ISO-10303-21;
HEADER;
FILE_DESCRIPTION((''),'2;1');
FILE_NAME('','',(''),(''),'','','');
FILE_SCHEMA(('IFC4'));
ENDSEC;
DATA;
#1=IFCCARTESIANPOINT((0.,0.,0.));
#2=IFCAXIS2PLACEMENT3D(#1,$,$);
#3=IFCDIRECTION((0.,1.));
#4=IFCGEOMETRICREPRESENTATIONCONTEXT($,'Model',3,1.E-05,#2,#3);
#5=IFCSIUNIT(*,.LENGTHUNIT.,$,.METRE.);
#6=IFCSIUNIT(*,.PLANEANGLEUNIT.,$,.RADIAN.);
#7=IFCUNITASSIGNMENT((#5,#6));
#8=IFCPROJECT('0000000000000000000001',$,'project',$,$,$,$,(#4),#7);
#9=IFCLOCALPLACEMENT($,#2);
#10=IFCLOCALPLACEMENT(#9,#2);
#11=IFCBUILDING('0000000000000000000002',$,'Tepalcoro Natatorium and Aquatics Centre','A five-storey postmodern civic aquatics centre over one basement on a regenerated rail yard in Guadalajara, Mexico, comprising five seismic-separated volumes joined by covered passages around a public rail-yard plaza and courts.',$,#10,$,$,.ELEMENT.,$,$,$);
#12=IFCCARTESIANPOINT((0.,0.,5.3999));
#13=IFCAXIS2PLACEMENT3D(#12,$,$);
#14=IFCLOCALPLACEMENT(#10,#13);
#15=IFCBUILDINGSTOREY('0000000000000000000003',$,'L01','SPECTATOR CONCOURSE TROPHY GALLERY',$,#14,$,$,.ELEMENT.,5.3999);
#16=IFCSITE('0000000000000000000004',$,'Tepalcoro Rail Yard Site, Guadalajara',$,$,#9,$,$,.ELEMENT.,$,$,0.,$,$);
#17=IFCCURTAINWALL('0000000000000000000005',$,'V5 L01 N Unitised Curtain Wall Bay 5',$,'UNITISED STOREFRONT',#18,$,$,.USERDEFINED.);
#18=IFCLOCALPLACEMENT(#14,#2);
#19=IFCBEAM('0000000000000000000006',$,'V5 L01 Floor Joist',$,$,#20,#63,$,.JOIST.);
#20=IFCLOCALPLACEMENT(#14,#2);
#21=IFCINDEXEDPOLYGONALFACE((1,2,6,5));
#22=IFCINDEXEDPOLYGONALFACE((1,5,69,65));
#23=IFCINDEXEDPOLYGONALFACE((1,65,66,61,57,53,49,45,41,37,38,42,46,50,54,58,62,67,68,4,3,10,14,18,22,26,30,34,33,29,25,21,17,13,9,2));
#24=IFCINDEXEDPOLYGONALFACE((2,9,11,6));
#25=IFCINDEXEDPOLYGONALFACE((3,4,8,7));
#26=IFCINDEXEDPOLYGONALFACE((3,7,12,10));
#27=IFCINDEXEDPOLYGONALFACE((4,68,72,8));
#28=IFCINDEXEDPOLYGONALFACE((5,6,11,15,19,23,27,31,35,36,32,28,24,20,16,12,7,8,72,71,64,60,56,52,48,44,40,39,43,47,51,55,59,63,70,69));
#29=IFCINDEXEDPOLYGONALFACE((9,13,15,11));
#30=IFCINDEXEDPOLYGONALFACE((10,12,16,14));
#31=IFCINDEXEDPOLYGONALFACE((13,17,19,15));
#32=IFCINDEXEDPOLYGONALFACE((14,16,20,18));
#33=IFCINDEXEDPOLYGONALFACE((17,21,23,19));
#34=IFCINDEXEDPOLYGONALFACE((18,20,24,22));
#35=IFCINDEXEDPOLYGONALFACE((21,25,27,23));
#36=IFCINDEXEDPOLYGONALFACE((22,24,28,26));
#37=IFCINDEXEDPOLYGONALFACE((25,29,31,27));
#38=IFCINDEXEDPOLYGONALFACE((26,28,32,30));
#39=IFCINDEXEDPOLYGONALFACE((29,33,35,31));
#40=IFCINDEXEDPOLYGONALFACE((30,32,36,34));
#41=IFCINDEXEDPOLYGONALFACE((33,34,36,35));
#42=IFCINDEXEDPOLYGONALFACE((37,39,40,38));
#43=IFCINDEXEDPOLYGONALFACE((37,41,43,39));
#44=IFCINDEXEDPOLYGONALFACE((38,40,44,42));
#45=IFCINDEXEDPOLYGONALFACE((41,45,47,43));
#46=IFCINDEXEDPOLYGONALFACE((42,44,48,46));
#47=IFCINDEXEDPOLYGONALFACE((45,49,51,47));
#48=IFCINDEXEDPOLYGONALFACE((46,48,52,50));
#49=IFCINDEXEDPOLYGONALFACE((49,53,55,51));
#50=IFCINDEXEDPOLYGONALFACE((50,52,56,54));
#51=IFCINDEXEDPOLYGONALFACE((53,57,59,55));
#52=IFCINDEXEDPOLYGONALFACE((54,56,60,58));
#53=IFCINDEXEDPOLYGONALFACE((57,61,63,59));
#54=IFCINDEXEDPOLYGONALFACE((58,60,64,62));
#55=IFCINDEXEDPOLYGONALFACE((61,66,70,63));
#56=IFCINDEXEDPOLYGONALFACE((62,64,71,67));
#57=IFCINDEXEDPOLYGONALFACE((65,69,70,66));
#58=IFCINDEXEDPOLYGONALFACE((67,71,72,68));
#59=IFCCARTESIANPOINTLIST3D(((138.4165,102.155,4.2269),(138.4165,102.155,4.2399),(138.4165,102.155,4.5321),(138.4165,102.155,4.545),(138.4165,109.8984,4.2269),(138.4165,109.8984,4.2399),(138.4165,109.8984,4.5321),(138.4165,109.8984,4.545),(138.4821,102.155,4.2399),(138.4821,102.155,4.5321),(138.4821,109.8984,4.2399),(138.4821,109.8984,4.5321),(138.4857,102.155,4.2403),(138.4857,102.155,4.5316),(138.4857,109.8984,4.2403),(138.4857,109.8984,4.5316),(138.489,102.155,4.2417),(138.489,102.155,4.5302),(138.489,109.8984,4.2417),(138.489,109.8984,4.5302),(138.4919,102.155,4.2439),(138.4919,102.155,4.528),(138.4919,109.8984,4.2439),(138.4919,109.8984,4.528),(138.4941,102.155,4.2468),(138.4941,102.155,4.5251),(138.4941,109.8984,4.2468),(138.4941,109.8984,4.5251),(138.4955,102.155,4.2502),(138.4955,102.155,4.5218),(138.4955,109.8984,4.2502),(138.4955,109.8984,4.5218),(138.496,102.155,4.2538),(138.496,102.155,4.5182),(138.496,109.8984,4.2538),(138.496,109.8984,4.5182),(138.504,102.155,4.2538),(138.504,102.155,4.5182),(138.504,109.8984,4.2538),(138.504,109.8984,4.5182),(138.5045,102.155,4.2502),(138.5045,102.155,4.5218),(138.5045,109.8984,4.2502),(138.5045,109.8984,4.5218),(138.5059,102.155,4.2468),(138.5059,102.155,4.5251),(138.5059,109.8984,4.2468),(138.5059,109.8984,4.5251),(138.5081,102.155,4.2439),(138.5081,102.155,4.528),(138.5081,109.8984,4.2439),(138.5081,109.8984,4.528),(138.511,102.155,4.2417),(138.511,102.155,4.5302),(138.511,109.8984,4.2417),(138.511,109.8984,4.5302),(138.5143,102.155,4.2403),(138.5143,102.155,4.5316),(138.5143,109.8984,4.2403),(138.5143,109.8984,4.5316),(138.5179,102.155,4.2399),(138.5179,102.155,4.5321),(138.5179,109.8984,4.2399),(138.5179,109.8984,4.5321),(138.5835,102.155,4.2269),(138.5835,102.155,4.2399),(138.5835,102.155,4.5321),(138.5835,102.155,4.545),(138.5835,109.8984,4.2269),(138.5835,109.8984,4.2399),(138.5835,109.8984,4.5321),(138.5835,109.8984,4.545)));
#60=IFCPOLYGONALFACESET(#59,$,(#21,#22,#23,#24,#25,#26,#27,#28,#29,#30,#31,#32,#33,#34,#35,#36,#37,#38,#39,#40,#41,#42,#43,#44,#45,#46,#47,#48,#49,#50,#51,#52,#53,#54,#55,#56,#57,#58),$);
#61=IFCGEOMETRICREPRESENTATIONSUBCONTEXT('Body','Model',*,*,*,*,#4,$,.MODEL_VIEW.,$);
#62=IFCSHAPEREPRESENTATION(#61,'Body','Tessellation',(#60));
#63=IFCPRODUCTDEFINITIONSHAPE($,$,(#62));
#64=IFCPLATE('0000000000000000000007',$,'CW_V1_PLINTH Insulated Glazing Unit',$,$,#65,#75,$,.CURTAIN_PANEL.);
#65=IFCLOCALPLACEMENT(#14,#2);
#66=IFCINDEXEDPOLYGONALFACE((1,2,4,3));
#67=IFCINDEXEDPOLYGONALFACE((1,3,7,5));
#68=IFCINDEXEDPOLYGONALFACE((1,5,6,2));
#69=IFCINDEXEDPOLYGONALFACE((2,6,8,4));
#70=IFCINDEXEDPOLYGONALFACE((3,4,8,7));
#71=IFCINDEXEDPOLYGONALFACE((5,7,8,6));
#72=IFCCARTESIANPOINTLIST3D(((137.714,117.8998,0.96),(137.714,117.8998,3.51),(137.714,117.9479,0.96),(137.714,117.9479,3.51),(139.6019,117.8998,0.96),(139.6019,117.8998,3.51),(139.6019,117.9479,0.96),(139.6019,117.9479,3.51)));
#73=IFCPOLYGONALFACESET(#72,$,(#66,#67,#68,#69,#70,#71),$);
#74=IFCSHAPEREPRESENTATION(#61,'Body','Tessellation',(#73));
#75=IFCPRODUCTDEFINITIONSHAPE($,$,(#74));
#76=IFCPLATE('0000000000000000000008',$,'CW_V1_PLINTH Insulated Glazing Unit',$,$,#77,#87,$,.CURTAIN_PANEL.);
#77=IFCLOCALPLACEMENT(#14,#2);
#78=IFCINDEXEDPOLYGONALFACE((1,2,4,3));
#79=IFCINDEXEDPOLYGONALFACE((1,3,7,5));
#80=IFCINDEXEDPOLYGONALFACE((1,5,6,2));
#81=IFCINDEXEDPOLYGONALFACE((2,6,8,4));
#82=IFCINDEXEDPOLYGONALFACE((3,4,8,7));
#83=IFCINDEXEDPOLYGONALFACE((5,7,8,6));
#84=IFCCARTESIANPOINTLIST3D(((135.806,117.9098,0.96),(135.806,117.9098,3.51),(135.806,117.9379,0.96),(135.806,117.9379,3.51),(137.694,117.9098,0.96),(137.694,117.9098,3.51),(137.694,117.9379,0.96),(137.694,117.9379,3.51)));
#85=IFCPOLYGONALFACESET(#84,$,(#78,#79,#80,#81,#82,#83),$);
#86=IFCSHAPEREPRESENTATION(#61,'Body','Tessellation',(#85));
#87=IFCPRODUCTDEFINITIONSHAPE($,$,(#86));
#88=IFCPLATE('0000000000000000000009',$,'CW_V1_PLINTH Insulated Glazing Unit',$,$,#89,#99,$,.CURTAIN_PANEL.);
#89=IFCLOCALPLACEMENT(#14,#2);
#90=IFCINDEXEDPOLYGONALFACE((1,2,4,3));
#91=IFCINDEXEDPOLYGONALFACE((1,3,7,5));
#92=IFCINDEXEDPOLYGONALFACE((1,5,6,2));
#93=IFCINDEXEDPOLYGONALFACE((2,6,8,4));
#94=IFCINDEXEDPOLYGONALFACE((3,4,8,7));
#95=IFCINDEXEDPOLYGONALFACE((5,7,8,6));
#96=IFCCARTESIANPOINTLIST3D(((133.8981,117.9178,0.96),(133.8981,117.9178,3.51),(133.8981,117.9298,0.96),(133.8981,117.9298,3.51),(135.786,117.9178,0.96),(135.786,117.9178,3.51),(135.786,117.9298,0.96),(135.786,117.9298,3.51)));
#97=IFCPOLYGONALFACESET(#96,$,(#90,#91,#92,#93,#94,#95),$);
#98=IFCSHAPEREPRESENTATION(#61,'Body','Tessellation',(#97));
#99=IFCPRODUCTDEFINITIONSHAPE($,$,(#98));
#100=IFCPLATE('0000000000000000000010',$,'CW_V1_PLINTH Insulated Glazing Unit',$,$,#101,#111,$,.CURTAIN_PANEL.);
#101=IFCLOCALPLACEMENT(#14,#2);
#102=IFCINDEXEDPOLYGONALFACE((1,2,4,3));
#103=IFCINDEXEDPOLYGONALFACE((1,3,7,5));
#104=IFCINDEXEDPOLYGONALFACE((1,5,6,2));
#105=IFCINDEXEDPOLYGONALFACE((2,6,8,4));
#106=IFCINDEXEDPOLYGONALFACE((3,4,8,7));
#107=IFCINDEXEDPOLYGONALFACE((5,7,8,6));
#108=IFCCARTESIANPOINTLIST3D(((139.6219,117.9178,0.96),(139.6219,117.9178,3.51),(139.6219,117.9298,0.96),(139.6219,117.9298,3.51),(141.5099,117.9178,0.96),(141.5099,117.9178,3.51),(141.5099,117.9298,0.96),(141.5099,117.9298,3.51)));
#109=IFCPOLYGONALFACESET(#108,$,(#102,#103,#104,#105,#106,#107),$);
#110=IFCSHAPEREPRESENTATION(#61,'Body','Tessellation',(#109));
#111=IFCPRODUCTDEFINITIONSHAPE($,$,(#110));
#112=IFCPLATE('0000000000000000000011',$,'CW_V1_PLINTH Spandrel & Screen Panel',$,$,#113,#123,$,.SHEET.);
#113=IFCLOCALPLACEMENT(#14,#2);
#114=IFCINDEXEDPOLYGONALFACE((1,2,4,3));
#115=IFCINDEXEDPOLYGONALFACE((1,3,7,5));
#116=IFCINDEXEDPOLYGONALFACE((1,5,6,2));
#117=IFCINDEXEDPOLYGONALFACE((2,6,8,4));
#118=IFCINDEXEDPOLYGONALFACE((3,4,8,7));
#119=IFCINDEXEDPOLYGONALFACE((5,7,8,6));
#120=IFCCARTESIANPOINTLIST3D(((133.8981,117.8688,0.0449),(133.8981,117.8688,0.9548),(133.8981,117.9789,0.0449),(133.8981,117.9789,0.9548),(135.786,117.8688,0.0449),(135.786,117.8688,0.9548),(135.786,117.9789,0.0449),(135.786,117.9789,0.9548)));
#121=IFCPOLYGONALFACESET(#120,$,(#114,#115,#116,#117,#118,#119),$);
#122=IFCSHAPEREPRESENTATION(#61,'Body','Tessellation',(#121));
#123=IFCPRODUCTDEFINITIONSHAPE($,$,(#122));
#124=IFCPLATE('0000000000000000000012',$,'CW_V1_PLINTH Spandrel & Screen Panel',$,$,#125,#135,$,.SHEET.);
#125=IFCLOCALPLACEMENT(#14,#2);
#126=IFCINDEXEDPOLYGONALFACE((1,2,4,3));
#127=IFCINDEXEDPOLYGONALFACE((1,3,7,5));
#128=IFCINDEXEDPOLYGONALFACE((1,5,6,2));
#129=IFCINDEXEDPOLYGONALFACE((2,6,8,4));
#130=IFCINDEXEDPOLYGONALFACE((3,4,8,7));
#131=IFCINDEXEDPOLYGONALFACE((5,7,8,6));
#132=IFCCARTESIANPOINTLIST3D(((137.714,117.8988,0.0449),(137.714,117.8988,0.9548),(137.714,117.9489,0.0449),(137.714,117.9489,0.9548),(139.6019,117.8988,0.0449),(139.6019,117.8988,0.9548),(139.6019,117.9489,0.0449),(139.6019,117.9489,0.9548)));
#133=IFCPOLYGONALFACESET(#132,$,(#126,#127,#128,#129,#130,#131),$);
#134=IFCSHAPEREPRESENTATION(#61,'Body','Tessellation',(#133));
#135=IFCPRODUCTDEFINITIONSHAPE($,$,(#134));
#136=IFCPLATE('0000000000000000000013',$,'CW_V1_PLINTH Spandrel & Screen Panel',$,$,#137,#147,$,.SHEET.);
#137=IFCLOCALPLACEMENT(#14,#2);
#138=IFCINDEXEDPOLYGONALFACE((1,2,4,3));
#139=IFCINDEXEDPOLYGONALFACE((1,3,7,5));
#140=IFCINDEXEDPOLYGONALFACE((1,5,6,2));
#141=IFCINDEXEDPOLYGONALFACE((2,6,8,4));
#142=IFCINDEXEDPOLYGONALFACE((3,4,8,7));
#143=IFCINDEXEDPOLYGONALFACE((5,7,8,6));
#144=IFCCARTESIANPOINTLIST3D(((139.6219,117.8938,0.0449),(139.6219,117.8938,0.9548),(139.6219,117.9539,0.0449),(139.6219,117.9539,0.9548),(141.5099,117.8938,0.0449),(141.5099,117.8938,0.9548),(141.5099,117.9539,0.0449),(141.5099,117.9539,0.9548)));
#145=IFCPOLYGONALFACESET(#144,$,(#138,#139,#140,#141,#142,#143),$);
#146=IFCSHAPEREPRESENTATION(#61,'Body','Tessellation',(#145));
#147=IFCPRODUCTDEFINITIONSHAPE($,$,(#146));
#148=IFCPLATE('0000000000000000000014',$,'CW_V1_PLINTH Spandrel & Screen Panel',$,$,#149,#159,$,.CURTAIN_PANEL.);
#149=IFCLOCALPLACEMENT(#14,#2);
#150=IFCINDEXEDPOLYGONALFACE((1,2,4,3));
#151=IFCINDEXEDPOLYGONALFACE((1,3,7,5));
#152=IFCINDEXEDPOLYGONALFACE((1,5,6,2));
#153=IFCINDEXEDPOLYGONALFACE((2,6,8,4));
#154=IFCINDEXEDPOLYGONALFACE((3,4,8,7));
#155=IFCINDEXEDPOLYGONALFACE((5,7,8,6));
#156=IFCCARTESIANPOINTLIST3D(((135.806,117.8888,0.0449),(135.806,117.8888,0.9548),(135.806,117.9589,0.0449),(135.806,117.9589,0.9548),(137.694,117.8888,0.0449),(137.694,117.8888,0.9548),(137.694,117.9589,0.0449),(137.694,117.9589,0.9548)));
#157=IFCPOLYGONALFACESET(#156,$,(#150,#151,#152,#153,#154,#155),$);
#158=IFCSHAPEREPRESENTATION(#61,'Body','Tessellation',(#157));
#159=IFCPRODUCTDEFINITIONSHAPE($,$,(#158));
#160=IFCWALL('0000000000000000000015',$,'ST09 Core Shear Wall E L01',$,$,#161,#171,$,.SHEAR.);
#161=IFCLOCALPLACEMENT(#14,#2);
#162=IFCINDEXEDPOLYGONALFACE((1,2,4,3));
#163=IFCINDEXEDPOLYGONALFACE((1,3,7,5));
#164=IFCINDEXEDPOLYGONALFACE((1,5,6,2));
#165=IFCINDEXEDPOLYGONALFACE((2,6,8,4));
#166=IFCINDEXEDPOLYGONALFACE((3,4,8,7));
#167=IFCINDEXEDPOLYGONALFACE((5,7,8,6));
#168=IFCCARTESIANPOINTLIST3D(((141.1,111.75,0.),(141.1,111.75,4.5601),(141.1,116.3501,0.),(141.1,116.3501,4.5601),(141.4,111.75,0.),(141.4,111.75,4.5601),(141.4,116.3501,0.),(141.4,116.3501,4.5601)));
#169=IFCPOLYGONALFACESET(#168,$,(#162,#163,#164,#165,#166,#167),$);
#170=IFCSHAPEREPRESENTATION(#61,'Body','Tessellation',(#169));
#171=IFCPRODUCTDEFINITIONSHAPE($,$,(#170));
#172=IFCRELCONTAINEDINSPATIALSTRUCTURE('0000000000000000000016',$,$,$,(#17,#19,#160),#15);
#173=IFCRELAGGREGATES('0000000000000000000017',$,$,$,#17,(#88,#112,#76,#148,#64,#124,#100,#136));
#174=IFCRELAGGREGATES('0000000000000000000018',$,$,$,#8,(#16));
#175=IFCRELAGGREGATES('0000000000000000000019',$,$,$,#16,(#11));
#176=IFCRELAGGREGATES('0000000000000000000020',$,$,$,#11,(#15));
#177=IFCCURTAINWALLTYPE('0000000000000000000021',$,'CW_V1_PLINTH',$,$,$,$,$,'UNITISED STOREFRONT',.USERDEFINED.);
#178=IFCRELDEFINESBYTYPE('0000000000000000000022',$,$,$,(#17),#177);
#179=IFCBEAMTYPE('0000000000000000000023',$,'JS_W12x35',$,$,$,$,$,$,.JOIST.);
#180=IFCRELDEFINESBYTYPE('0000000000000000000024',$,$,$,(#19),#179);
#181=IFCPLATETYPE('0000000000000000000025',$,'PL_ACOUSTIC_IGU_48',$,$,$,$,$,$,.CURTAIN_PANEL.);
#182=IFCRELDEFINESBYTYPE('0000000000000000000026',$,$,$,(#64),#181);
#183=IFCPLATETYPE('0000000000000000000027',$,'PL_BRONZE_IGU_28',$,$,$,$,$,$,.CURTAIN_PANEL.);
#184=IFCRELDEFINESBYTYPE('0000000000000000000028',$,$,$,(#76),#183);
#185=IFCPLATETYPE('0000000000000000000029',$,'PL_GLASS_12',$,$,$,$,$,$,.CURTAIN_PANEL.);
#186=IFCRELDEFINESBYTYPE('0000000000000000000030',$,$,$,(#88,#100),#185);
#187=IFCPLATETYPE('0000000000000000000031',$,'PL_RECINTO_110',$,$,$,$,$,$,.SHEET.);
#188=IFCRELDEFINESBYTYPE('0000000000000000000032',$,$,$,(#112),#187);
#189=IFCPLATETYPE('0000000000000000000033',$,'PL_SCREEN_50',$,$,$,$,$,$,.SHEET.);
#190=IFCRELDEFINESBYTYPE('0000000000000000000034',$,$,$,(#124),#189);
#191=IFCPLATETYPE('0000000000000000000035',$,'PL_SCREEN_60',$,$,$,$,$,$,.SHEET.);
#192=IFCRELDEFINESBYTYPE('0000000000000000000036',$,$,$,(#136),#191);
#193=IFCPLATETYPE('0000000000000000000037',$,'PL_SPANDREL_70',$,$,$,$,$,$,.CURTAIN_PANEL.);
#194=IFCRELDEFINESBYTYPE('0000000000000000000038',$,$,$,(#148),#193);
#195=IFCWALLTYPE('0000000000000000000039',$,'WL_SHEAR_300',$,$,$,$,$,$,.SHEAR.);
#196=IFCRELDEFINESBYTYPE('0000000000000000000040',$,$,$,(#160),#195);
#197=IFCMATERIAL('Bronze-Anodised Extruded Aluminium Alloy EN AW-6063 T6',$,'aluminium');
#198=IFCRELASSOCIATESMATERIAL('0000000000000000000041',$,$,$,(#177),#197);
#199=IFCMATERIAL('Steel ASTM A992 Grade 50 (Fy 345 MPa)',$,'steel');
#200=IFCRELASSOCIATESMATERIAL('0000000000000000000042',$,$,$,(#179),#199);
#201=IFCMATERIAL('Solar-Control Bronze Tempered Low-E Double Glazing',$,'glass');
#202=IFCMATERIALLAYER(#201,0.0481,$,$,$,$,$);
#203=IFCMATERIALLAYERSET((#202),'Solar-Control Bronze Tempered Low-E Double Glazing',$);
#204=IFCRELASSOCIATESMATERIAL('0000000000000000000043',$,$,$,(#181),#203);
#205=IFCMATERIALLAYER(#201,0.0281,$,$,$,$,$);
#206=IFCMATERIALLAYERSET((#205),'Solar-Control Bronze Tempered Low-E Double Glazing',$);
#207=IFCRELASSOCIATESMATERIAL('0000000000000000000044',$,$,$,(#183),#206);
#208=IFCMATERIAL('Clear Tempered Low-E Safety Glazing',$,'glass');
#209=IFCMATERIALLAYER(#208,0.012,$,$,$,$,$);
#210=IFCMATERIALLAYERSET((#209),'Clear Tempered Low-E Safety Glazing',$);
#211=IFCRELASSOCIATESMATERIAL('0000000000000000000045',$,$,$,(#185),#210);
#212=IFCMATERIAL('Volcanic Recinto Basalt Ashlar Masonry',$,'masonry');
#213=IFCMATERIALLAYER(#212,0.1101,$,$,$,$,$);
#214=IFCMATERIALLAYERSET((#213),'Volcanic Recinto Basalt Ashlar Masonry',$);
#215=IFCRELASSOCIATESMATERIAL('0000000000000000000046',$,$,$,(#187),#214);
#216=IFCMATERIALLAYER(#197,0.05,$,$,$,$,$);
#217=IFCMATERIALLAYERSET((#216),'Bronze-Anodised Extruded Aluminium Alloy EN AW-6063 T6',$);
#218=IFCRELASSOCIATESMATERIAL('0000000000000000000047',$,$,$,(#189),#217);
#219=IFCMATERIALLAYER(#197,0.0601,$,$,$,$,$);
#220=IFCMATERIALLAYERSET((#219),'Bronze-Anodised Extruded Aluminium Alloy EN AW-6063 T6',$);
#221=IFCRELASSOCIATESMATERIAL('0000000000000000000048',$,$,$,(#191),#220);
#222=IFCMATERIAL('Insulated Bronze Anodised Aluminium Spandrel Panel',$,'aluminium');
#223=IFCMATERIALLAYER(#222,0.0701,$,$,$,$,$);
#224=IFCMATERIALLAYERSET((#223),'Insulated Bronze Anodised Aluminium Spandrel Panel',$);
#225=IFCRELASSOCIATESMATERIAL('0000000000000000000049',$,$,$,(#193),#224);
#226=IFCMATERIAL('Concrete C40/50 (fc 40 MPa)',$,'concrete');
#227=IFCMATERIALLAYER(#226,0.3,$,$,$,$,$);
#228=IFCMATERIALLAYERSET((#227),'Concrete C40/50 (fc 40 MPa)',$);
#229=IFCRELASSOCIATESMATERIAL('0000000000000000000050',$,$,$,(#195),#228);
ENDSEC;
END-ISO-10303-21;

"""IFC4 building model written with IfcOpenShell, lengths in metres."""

from ifc_helpers import new_model, si_unit, direction, frame, frame_2d, origin, origin_2d, place, context, subcontext, project, spatial, rectangle, i_section, extrude, material, layer, layer_set, material_profile, profile_set, type_object, element, aggregate, save


model = new_model("IFC4")

# Units and contexts
model_context = context("Model", 3, precision=1e-05, world=origin(), true_north=direction((0.0, 1.0)))
body_context = subcontext(model_context, "Body", "Model", "MODEL_VIEW")
ifc_project = project(units=[si_unit("LENGTHUNIT", "METRE"), si_unit("PLANEANGLEUNIT", "RADIAN")], contexts=[model_context])

# Site, building, storey
site_placement = place(None, origin())
site = spatial("IfcSite", under=ifc_project, at=site_placement, Name="Tepalcoro Rail Yard Site, Guadalajara", CompositionType="ELEMENT", RefElevation=0.0)
building_placement = place(site_placement, origin())
building = spatial("IfcBuilding", under=site, at=building_placement, Name="Tepalcoro Natatorium and Aquatics Centre", Description="A five-storey postmodern civic aquatics centre over one basement on a regenerated rail yard in Guadalajara, Mexico, comprising five seismic-separated volumes joined by covered passages around a public rail-yard plaza and courts.", CompositionType="ELEMENT")
storey_placement = place(building_placement, frame((0.0, 0.0, 5.3999)))
storey = spatial("IfcBuildingStorey", under=building, at=storey_placement, Name="L01", Description="SPECTATOR CONCOURSE TROPHY GALLERY", CompositionType="ELEMENT", Elevation=5.3999)

# Shared definitions
ifc_material_1 = material(Name="Concrete C40/50 (fc 40 MPa)", Category="concrete")

# Shared definitions
ifc_material_2 = material(Name="Steel ASTM A992 Grade 50 (Fy 345 MPa)", Category="steel")

# Curtain wall
ifc_material_3 = material(Name="Bronze-Anodised Extruded Aluminium Alloy EN AW-6063 T6", Category="aluminium")
curtain_wall_type = type_object("IfcCurtainWallType", Name="CW_V1_PLINTH", ElementType="UNITISED STOREFRONT", PredefinedType="USERDEFINED", material=ifc_material_3)
curtain_wall_placement = place(storey_placement, origin())
curtain_wall = element("IfcCurtainWall", 1, at=curtain_wall_placement, inside=storey, type_object=curtain_wall_type, Name="V5 L01 N Unitised Curtain Wall Bay 5", ObjectType="UNITISED STOREFRONT", PredefinedType="USERDEFINED")

# Beam
ifc_material_profile_1 = material_profile(ifc_material_2, i_section(OverallWidth=0.167, OverallDepth=0.3181, WebThickness=0.0081, FlangeThickness=0.0129, FilletRadius=0.0139, at=origin_2d()), Name="W12X35")
ifc_profile_set_1 = profile_set([ifc_material_profile_1], Name="Steel ASTM A992 Grade 50 (Fy 345 MPa)")
beam_type_1 = type_object("IfcBeamType", Name="JS_W12x35", PredefinedType="JOIST", material=ifc_profile_set_1)
beam_1_placement = place(storey_placement, frame((138.5, 102.155, 4.386), z_axis=(0.0, 1.0, 0.0), x_axis=(-1.0, 0.0, 0.0)))
element("IfcBeam", 2, at=beam_1_placement, inside=storey, type_object=beam_type_1, Name="V5 L01 Floor Joist", PredefinedType="JOIST", context=body_context, shape_type="SweptSolid", body=[
    extrude(i_section(OverallWidth=0.167, OverallDepth=0.3181, WebThickness=0.0081, FlangeThickness=0.0129, FilletRadius=0.0139, at=origin_2d()), origin(), (0.0, 0.0, 1.0), 7.7434),
])

# Plates
ifc_material_4 = material(Name="Solar-Control Bronze Tempered Low-E Double Glazing", Category="glass")
ifc_layer_1 = layer(ifc_material_4, 0.0481)
ifc_layer_set_1 = layer_set([ifc_layer_1], Name="Solar-Control Bronze Tempered Low-E Double Glazing")
plate_type_1 = type_object("IfcPlateType", Name="PL_ACOUSTIC_IGU_48", PredefinedType="CURTAIN_PANEL", material=ifc_layer_set_1)
plate_1_placement = place(storey_placement, frame((138.658, 117.9238, 0.96), z_axis=(0.0, 0.0, 1.0), x_axis=(1.0, 0.0, 0.0)))
plate_1 = element("IfcPlate", 3, at=plate_1_placement, type_object=plate_type_1, Name="CW_V1_PLINTH Insulated Glazing Unit", PredefinedType="CURTAIN_PANEL", context=body_context, shape_type="SweptSolid", body=[
    extrude(rectangle(XDim=1.8879, YDim=0.0481, at=origin_2d()), origin(), (0.0, 0.0, 1.0), 2.55),
])
ifc_layer_2 = layer(ifc_material_4, 0.0281)
ifc_layer_set_2 = layer_set([ifc_layer_2], Name="Solar-Control Bronze Tempered Low-E Double Glazing")
plate_type_2 = type_object("IfcPlateType", Name="PL_BRONZE_IGU_28", PredefinedType="CURTAIN_PANEL", material=ifc_layer_set_2)
plate_2_placement = place(storey_placement, frame((136.75, 117.9238, 0.96), z_axis=(0.0, 0.0, 1.0), x_axis=(1.0, 0.0, 0.0)))
plate_2 = element("IfcPlate", 4, at=plate_2_placement, type_object=plate_type_2, Name="CW_V1_PLINTH Insulated Glazing Unit", PredefinedType="CURTAIN_PANEL", context=body_context, shape_type="SweptSolid", body=[
    extrude(rectangle(XDim=1.8879, YDim=0.0281, at=origin_2d()), origin(), (0.0, 0.0, 1.0), 2.55),
])
ifc_material_5 = material(Name="Clear Tempered Low-E Safety Glazing", Category="glass")
ifc_layer_3 = layer(ifc_material_5, 0.012)
ifc_layer_set_3 = layer_set([ifc_layer_3], Name="Clear Tempered Low-E Safety Glazing")
plate_type_3 = type_object("IfcPlateType", Name="PL_GLASS_12", PredefinedType="CURTAIN_PANEL", material=ifc_layer_set_3)
plate_3_placement = place(storey_placement, frame((134.842, 117.9238, 0.96), z_axis=(0.0, 0.0, 1.0), x_axis=(1.0, 0.0, 0.0)))
plate_3 = element("IfcPlate", 5, at=plate_3_placement, type_object=plate_type_3, Name="CW_V1_PLINTH Insulated Glazing Unit", PredefinedType="CURTAIN_PANEL", context=body_context, shape_type="SweptSolid", body=[
    extrude(rectangle(XDim=1.8879, YDim=0.012, at=origin_2d()), origin(), (0.0, 0.0, 1.0), 2.55),
])
plate_4_placement = place(storey_placement, frame((140.5659, 117.9238, 0.96), z_axis=(0.0, 0.0, 1.0), x_axis=(1.0, 0.0, 0.0)))
plate_4 = element("IfcPlate", 6, at=plate_4_placement, type_object=plate_type_3, Name="CW_V1_PLINTH Insulated Glazing Unit", PredefinedType="CURTAIN_PANEL", context=body_context, shape_type="SweptSolid", body=[
    extrude(rectangle(XDim=1.8879, YDim=0.012, at=origin_2d()), origin(), (0.0, 0.0, 1.0), 2.55),
])
ifc_material_6 = material(Name="Volcanic Recinto Basalt Ashlar Masonry", Category="masonry")
ifc_layer_4 = layer(ifc_material_6, 0.1101)
ifc_layer_set_4 = layer_set([ifc_layer_4], Name="Volcanic Recinto Basalt Ashlar Masonry")
plate_type_4 = type_object("IfcPlateType", Name="PL_RECINTO_110", PredefinedType="SHEET", material=ifc_layer_set_4)
plate_5_placement = place(storey_placement, frame((134.842, 117.9238, 0.0449), z_axis=(0.0, 0.0, 1.0), x_axis=(1.0, 0.0, 0.0)))
plate_5 = element("IfcPlate", 7, at=plate_5_placement, type_object=plate_type_4, Name="CW_V1_PLINTH Spandrel & Screen Panel", PredefinedType="SHEET", context=body_context, shape_type="SweptSolid", body=[
    extrude(rectangle(XDim=1.8879, YDim=0.1101, at=origin_2d()), origin(), (0.0, 0.0, 1.0), 0.9099),
])
ifc_layer_5 = layer(ifc_material_3, 0.05)
ifc_layer_set_5 = layer_set([ifc_layer_5], Name="Bronze-Anodised Extruded Aluminium Alloy EN AW-6063 T6")
plate_type_5 = type_object("IfcPlateType", Name="PL_SCREEN_50", PredefinedType="SHEET", material=ifc_layer_set_5)
plate_6_placement = place(storey_placement, frame((138.658, 117.9238, 0.0449), z_axis=(0.0, 0.0, 1.0), x_axis=(1.0, 0.0, 0.0)))
plate_6 = element("IfcPlate", 8, at=plate_6_placement, type_object=plate_type_5, Name="CW_V1_PLINTH Spandrel & Screen Panel", PredefinedType="SHEET", context=body_context, shape_type="SweptSolid", body=[
    extrude(rectangle(XDim=1.8879, YDim=0.05, at=origin_2d()), origin(), (0.0, 0.0, 1.0), 0.9099),
])
ifc_layer_6 = layer(ifc_material_3, 0.0601)
ifc_layer_set_6 = layer_set([ifc_layer_6], Name="Bronze-Anodised Extruded Aluminium Alloy EN AW-6063 T6")
plate_type_6 = type_object("IfcPlateType", Name="PL_SCREEN_60", PredefinedType="SHEET", material=ifc_layer_set_6)
plate_7_placement = place(storey_placement, frame((140.5659, 117.9238, 0.0449), z_axis=(0.0, 0.0, 1.0), x_axis=(1.0, 0.0, 0.0)))
plate_7 = element("IfcPlate", 9, at=plate_7_placement, type_object=plate_type_6, Name="CW_V1_PLINTH Spandrel & Screen Panel", PredefinedType="SHEET", context=body_context, shape_type="SweptSolid", body=[
    extrude(rectangle(XDim=1.8879, YDim=0.0601, at=origin_2d()), origin(), (0.0, 0.0, 1.0), 0.9099),
])
ifc_material_7 = material(Name="Insulated Bronze Anodised Aluminium Spandrel Panel", Category="aluminium")
ifc_layer_7 = layer(ifc_material_7, 0.0701)
ifc_layer_set_7 = layer_set([ifc_layer_7], Name="Insulated Bronze Anodised Aluminium Spandrel Panel")
plate_type_7 = type_object("IfcPlateType", Name="PL_SPANDREL_70", PredefinedType="CURTAIN_PANEL", material=ifc_layer_set_7)
plate_8_placement = place(storey_placement, frame((136.75, 117.9238, 0.0449), z_axis=(0.0, 0.0, 1.0), x_axis=(1.0, 0.0, 0.0)))
plate_8 = element("IfcPlate", 10, at=plate_8_placement, type_object=plate_type_7, Name="CW_V1_PLINTH Spandrel & Screen Panel", PredefinedType="CURTAIN_PANEL", context=body_context, shape_type="SweptSolid", body=[
    extrude(rectangle(XDim=1.8879, YDim=0.0701, at=origin_2d()), origin(), (0.0, 0.0, 1.0), 0.9099),
])
aggregate(curtain_wall, [plate_3, plate_5, plate_2, plate_8, plate_1, plate_6, plate_4, plate_7])

# Wall
ifc_layer_8 = layer(ifc_material_1, 0.3)
ifc_layer_set_8 = layer_set([ifc_layer_8], Name="Concrete C40/50 (fc 40 MPa)")
wall_type = type_object("IfcWallType", Name="WL_SHEAR_300", PredefinedType="SHEAR", material=ifc_layer_set_8)
wall_placement = place(storey_placement, frame((141.25, 111.75, 0.0), z_axis=(0.0, 0.0, 1.0), x_axis=(0.0, 1.0, 0.0)))
element("IfcWall", 11, at=wall_placement, inside=storey, type_object=wall_type, Name="ST09 Core Shear Wall E L01", PredefinedType="SHEAR", context=body_context, shape_type="SweptSolid", body=[
    extrude(rectangle(XDim=4.6001, YDim=0.3, at=frame_2d((2.3, 0.0))), origin(), (0.0, 0.0, 1.0), 4.5601),
])

save(model, "model.ifc")
